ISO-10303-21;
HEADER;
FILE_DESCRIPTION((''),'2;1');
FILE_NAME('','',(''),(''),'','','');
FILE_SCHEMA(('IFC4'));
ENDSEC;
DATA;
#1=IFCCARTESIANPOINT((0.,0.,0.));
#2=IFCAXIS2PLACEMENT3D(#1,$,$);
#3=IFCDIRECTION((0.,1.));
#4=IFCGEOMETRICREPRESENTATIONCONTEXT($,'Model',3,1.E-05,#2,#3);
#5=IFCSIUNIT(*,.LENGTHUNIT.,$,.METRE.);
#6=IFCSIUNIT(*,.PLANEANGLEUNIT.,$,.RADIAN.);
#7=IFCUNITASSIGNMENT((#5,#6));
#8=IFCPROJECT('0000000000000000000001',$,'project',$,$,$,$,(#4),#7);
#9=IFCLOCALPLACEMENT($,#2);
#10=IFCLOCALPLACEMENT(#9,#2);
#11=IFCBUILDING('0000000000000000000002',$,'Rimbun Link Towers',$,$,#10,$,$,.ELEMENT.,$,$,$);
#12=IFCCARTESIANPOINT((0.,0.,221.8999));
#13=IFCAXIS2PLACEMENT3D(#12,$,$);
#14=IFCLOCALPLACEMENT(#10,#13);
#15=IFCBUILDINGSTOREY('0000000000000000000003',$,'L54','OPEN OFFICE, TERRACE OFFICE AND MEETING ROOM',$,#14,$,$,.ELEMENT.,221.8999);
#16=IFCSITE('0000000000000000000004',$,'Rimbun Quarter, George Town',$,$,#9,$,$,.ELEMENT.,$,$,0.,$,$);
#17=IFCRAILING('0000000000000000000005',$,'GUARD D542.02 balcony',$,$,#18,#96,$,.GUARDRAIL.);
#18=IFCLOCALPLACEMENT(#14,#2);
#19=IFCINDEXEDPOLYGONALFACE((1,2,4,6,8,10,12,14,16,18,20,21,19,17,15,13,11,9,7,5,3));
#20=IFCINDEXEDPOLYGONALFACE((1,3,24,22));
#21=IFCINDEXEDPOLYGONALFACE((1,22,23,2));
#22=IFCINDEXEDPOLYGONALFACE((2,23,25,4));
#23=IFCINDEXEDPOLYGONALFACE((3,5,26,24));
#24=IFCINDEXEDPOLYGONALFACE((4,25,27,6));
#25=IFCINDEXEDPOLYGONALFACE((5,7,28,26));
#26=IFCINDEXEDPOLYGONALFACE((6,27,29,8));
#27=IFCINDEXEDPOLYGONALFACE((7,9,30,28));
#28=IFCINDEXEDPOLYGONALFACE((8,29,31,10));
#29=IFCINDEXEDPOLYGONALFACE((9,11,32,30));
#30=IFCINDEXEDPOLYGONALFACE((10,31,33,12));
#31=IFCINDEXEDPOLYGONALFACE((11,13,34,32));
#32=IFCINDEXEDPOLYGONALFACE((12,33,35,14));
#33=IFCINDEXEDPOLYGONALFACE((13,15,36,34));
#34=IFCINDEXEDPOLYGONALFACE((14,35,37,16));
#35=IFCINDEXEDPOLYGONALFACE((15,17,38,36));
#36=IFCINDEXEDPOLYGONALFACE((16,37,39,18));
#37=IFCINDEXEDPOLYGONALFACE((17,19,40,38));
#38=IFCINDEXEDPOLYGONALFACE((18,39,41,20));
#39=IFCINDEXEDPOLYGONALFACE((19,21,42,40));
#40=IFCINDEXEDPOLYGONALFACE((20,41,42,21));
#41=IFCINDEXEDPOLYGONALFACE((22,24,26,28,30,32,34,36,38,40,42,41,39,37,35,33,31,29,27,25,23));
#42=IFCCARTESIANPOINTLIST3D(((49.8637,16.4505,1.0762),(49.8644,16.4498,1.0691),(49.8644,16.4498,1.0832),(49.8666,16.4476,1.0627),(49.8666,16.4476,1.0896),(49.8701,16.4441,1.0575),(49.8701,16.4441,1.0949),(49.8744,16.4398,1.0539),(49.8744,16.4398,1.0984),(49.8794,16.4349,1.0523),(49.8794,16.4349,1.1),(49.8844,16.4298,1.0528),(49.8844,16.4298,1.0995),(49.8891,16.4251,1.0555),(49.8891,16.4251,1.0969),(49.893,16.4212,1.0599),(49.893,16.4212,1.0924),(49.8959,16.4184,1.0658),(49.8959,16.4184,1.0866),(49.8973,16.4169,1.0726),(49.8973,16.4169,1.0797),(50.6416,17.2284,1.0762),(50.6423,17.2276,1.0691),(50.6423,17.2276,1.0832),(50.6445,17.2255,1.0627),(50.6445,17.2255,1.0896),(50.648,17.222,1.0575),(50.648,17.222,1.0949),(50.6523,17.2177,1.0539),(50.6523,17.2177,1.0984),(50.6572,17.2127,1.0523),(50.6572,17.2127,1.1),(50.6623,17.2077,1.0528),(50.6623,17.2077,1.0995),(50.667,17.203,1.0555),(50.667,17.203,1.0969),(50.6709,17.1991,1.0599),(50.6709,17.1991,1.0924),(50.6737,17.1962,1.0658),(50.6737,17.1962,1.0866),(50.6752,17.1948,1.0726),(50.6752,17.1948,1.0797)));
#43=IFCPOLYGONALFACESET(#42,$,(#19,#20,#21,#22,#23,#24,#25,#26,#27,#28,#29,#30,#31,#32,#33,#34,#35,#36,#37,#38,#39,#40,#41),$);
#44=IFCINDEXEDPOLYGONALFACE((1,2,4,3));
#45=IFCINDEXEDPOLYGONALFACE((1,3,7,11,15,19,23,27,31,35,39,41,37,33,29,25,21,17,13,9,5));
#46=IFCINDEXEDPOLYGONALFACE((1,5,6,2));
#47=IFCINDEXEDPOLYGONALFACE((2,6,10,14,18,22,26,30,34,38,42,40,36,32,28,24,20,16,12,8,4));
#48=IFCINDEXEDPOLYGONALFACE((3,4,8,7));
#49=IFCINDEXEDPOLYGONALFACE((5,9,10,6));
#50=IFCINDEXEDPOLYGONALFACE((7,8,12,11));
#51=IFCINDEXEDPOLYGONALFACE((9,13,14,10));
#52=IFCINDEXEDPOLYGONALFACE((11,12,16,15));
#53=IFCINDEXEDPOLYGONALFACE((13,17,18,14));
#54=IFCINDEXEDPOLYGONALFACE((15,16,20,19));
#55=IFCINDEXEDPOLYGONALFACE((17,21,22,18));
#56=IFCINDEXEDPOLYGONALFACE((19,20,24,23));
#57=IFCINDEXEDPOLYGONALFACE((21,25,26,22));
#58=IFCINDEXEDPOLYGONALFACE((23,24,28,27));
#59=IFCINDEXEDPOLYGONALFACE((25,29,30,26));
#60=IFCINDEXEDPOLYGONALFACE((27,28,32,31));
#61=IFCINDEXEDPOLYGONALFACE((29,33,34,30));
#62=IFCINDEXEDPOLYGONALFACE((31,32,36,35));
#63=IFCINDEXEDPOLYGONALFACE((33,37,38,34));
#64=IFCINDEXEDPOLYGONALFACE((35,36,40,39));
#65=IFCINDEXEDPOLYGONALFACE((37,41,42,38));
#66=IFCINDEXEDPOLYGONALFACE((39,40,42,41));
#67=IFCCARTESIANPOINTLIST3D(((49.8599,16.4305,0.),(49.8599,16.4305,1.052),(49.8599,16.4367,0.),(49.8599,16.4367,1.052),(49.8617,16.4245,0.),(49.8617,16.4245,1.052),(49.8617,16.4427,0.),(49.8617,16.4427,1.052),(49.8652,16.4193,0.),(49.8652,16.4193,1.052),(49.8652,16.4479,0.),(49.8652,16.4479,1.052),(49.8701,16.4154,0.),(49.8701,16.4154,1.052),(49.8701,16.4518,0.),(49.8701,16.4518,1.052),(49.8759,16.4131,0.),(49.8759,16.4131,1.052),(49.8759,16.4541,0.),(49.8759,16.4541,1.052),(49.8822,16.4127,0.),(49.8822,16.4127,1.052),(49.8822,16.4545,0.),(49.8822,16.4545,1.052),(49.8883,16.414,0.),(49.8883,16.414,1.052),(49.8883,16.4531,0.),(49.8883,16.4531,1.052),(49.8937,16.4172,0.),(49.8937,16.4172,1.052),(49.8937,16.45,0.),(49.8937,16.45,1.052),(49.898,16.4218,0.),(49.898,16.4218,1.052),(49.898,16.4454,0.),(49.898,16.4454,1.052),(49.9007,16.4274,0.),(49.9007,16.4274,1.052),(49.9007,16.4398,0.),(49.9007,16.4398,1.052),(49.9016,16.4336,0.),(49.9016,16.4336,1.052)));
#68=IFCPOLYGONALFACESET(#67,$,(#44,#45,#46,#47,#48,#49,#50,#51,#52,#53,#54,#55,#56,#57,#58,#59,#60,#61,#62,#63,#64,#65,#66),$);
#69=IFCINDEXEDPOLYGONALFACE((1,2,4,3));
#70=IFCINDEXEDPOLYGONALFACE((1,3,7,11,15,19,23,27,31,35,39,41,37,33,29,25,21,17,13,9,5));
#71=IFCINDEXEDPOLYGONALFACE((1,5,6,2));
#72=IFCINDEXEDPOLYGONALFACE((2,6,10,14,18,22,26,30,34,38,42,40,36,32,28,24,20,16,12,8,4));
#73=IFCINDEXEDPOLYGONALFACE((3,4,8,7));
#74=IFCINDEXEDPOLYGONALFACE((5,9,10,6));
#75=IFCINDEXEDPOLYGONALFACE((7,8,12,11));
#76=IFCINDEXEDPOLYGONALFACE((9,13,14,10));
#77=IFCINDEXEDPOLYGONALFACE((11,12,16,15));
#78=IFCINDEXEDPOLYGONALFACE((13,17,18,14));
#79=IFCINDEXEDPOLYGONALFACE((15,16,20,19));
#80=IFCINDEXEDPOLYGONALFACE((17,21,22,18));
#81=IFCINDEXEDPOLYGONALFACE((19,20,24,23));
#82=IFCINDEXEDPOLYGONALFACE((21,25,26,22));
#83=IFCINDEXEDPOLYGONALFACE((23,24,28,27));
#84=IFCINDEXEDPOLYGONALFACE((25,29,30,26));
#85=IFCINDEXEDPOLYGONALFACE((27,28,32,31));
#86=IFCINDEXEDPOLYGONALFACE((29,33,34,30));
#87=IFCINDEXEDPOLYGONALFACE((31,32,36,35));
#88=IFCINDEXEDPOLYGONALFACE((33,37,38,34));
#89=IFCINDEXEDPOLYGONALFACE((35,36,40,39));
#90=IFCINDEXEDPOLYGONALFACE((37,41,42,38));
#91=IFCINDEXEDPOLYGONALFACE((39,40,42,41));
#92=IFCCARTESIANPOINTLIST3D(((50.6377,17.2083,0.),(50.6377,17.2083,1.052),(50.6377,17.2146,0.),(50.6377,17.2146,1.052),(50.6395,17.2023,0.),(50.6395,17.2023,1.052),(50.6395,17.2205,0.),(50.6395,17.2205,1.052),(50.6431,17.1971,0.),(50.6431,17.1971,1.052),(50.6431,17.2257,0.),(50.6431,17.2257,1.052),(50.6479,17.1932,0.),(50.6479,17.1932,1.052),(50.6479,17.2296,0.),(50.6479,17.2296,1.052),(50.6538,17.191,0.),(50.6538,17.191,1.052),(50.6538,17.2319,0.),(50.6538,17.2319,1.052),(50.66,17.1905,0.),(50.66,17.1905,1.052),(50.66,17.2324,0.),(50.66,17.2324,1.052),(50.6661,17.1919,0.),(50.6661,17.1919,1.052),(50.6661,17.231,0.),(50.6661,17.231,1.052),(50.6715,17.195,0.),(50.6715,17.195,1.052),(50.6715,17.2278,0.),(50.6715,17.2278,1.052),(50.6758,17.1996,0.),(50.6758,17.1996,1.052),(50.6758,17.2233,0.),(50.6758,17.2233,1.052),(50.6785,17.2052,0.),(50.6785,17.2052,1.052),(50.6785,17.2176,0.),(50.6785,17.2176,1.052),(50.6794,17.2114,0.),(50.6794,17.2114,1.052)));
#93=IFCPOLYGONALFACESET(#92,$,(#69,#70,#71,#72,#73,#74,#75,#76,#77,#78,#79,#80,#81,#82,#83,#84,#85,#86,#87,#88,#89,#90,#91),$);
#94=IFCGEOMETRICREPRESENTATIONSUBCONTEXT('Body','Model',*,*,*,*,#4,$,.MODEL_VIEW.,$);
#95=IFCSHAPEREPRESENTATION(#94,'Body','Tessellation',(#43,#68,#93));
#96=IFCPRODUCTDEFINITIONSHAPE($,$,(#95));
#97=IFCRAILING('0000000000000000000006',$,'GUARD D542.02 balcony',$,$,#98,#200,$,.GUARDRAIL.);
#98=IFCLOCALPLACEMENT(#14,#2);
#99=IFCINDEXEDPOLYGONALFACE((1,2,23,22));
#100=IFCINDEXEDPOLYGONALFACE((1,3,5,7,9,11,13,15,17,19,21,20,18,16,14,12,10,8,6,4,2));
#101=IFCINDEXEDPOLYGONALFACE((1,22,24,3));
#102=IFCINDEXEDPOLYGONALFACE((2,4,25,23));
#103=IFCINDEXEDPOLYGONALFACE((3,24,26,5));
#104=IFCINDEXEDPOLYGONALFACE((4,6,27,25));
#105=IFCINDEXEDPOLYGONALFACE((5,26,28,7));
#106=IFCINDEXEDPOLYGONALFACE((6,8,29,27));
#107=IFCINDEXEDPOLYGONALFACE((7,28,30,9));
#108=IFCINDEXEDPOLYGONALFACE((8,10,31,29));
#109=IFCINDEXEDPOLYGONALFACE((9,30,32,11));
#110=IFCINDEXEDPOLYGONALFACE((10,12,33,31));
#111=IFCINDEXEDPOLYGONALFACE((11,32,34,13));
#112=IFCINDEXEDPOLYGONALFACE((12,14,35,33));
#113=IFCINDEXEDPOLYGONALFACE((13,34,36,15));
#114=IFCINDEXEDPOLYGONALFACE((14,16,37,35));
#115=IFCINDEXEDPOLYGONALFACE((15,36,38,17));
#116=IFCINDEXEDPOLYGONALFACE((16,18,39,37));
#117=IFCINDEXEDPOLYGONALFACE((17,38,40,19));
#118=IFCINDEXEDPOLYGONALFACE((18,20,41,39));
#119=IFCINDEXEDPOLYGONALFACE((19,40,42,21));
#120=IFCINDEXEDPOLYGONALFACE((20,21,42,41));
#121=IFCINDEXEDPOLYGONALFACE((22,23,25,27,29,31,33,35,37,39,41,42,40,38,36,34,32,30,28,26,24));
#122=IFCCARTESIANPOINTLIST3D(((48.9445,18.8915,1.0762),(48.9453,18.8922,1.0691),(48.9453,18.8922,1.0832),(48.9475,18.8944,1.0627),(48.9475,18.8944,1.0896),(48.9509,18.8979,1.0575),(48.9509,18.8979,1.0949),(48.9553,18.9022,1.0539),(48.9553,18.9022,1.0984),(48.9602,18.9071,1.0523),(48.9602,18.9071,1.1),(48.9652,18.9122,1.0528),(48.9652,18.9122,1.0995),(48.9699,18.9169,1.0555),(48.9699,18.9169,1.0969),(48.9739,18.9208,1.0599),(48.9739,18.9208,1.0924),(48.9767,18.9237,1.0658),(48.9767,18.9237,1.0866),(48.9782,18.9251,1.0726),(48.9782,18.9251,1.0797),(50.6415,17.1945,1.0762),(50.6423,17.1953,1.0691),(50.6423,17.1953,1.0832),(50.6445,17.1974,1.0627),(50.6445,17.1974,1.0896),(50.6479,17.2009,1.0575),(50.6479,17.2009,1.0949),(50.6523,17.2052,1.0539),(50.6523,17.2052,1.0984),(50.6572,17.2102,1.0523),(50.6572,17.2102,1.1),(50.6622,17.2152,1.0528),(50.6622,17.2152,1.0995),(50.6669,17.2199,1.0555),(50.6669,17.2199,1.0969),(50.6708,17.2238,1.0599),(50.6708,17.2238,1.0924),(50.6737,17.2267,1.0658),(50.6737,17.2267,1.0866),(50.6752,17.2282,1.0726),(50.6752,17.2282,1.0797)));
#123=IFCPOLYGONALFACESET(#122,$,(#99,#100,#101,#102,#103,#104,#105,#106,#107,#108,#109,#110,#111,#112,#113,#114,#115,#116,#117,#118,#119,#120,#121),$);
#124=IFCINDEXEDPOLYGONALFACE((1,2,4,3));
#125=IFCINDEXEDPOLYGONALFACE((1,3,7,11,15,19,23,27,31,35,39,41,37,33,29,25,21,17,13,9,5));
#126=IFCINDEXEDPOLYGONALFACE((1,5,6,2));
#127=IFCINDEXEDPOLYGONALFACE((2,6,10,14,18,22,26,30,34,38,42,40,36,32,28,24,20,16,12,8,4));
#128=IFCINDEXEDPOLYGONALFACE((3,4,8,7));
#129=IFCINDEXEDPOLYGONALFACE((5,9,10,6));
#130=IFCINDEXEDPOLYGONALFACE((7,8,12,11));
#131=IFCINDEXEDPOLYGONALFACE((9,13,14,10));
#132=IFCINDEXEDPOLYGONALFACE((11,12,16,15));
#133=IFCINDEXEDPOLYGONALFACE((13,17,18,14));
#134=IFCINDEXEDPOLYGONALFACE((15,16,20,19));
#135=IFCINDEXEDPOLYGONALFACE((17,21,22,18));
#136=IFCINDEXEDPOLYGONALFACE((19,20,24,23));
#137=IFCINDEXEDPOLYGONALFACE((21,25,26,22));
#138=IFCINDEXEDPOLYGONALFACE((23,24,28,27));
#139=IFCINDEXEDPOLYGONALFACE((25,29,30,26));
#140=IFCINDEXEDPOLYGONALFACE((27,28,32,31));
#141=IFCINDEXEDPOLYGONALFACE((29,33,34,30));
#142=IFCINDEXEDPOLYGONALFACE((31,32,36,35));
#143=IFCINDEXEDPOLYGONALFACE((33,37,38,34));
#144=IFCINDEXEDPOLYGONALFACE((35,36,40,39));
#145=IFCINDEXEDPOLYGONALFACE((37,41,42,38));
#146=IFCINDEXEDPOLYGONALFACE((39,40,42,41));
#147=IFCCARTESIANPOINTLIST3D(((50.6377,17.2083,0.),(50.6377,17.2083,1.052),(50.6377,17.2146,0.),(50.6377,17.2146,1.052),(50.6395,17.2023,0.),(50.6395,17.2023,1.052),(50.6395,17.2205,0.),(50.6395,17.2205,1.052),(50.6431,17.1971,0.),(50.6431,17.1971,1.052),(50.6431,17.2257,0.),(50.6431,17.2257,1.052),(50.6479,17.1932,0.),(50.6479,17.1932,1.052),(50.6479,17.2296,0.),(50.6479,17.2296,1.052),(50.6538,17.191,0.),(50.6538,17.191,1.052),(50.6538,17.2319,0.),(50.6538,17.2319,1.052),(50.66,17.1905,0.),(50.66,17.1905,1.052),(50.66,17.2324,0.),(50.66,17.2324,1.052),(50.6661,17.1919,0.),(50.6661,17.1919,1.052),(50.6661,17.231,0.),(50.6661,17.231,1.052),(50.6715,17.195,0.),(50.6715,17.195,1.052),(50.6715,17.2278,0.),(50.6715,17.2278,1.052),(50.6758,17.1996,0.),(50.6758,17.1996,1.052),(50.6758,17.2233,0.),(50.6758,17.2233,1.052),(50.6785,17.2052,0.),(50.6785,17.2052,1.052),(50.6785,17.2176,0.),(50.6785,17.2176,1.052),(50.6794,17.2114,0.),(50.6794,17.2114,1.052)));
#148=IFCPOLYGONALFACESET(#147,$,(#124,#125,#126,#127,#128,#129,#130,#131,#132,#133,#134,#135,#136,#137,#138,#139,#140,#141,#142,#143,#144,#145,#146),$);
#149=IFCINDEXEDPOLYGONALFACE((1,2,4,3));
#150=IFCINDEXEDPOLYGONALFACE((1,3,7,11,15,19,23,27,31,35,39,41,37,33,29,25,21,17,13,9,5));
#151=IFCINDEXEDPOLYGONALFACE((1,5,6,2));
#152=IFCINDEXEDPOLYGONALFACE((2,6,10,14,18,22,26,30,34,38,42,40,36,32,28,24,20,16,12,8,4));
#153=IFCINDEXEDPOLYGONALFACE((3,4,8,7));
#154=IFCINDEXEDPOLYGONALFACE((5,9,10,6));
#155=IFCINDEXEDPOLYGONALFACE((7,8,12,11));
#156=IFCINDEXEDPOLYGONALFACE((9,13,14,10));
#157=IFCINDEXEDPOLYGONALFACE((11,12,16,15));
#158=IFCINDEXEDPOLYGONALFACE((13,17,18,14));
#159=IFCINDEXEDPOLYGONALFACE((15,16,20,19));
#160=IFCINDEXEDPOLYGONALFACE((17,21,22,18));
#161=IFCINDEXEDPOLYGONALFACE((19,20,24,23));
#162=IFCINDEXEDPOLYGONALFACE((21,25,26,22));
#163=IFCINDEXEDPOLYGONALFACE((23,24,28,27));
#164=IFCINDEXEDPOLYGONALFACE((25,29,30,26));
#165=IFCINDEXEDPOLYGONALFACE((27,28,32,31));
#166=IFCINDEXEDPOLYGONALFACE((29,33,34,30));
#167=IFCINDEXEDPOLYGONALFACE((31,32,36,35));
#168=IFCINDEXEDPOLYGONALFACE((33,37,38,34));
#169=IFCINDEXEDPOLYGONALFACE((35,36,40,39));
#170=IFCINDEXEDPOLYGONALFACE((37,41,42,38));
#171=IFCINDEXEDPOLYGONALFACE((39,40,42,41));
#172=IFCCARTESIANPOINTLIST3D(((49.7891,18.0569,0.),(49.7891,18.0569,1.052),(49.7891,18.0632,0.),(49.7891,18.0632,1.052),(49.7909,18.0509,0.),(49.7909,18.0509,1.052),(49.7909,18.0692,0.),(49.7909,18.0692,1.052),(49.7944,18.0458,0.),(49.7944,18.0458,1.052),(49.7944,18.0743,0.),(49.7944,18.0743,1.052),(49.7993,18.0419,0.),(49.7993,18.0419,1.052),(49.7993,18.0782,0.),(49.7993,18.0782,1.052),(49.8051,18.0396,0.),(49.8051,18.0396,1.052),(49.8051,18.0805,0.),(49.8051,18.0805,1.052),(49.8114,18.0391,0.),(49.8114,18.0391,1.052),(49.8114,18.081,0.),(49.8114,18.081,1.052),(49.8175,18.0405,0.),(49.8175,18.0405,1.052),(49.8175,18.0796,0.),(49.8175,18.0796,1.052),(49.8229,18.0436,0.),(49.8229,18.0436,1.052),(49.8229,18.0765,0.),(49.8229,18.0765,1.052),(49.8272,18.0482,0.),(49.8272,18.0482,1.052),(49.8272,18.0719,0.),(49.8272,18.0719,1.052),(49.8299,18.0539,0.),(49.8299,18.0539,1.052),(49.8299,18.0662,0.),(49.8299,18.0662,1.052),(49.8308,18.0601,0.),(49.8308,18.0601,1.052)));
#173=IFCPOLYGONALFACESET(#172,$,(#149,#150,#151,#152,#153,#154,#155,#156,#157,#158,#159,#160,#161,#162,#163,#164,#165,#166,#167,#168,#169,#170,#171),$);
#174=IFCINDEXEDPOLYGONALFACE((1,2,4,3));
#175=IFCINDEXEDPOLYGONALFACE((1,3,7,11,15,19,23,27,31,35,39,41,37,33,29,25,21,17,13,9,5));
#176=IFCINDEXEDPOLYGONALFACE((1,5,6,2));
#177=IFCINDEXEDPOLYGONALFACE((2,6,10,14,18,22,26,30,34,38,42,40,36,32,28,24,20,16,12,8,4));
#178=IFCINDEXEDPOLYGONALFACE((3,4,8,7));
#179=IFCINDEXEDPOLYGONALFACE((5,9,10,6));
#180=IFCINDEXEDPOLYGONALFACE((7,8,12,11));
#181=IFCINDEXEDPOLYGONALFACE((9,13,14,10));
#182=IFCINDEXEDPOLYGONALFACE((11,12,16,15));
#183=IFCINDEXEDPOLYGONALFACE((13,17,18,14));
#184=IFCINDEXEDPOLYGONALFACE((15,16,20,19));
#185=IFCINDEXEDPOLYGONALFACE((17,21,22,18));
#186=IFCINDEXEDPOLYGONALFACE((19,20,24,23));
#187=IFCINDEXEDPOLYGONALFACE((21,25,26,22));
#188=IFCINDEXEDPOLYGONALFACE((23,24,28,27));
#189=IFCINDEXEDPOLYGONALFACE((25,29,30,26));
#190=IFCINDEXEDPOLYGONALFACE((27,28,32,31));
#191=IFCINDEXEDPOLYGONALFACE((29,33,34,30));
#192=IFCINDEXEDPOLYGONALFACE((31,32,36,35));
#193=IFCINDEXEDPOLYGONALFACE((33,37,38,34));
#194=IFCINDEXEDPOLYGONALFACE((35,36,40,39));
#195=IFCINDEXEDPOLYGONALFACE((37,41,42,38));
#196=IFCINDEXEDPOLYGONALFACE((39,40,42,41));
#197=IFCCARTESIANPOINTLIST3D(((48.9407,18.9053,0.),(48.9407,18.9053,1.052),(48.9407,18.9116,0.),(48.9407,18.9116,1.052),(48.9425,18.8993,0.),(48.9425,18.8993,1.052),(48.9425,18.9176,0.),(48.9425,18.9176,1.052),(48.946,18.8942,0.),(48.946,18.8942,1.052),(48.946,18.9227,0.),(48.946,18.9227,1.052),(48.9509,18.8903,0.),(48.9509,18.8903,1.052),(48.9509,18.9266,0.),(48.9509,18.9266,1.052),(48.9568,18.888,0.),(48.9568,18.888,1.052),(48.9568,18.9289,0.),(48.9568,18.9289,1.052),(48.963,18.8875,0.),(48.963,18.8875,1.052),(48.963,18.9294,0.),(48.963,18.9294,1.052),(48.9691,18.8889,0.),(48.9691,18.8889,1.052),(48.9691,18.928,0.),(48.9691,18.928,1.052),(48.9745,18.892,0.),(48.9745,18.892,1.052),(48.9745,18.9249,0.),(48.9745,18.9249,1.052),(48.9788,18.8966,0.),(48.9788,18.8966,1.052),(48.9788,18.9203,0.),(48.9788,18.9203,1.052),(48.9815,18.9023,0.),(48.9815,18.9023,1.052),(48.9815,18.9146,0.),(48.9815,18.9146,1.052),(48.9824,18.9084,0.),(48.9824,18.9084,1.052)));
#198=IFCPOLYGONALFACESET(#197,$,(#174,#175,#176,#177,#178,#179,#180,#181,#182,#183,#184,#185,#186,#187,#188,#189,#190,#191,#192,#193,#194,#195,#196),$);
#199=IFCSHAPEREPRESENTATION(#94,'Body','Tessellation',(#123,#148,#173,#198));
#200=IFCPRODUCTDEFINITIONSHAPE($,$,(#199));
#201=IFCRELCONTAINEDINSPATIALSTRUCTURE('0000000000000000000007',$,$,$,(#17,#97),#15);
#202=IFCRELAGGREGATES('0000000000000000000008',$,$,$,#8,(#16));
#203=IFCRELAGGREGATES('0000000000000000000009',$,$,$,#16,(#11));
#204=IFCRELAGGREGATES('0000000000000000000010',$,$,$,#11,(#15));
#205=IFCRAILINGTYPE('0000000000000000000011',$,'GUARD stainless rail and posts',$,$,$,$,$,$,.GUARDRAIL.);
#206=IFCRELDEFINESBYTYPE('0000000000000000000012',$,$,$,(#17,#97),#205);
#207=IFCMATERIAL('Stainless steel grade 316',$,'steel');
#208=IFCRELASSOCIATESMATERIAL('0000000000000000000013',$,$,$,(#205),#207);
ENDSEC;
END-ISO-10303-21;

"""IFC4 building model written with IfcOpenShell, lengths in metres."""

from ifc_helpers import new_model, si_unit, direction, frame, origin, origin_2d, place, context, subcontext, project, spatial, circle, extrude, material, type_object, element, save


model = new_model("IFC4")

# Units and contexts
model_context = context("Model", 3, precision=1e-05, world=origin(), true_north=direction((0.0, 1.0)))
body_context = subcontext(model_context, "Body", "Model", "MODEL_VIEW")
ifc_project = project(units=[si_unit("LENGTHUNIT", "METRE"), si_unit("PLANEANGLEUNIT", "RADIAN")], contexts=[model_context])

# Site, building, storey
site_placement = place(None, origin())
site = spatial("IfcSite", under=ifc_project, at=site_placement, Name="Rimbun Quarter, George Town", CompositionType="ELEMENT", RefElevation=0.0)
building_placement = place(site_placement, origin())
building = spatial("IfcBuilding", under=site, at=building_placement, Name="Rimbun Link Towers", CompositionType="ELEMENT")
storey_placement = place(building_placement, frame((0.0, 0.0, 221.8999)))
storey = spatial("IfcBuildingStorey", under=building, at=storey_placement, Name="L54", Description="OPEN OFFICE, TERRACE OFFICE AND MEETING ROOM", CompositionType="ELEMENT", Elevation=221.8999)

# Railings
ifc_material_1 = material(Name="Stainless steel grade 316", Category="steel")
railing_type = type_object("IfcRailingType", Name="GUARD stainless rail and posts", PredefinedType="GUARDRAIL", material=ifc_material_1)
railing_1_placement = place(storey_placement, frame((49.8806, 16.4336, 0.0)))
element("IfcRailing", 1, at=railing_1_placement, inside=storey, type_object=railing_type, Name="GUARD D542.02 balcony", PredefinedType="GUARDRAIL", context=body_context, shape_type="SweptSolid", body=[
    extrude(circle(Radius=0.0239, at=origin_2d()), frame((0.0, 0.0, 1.0762), z_axis=(0.707107, 0.707107, 0.0), x_axis=(-0.707107, 0.707107, 0.0)), (0.0, 0.0, 1.0), 1.1001),
    extrude(circle(Radius=0.021, at=origin_2d()), origin(), (0.0, 0.0, 1.0), 1.052),
    extrude(circle(Radius=0.021, at=origin_2d()), frame((0.7778, 0.7778, 0.0)), (0.0, 0.0, 1.0), 1.052),
])
railing_2_placement = place(storey_placement, frame((50.6584, 17.2114, 0.0)))
element("IfcRailing", 2, at=railing_2_placement, inside=storey, type_object=railing_type, Name="GUARD D542.02 balcony", PredefinedType="GUARDRAIL", context=body_context, shape_type="SweptSolid", body=[
    extrude(circle(Radius=0.0239, at=origin_2d()), frame((0.0, 0.0, 1.0762), z_axis=(-0.707107, 0.707107, 0.0), x_axis=(-0.707107, -0.707107, 0.0)), (0.0, 0.0, 1.0), 2.3999),
    extrude(circle(Radius=0.021, at=origin_2d()), origin(), (0.0, 0.0, 1.0), 1.052),
    extrude(circle(Radius=0.021, at=origin_2d()), frame((-0.8486, 0.8486, 0.0)), (0.0, 0.0, 1.0), 1.052),
    extrude(circle(Radius=0.021, at=origin_2d()), frame((-1.697, 1.697, 0.0)), (0.0, 0.0, 1.0), 1.052),
])

save(model, "model.ifc")
